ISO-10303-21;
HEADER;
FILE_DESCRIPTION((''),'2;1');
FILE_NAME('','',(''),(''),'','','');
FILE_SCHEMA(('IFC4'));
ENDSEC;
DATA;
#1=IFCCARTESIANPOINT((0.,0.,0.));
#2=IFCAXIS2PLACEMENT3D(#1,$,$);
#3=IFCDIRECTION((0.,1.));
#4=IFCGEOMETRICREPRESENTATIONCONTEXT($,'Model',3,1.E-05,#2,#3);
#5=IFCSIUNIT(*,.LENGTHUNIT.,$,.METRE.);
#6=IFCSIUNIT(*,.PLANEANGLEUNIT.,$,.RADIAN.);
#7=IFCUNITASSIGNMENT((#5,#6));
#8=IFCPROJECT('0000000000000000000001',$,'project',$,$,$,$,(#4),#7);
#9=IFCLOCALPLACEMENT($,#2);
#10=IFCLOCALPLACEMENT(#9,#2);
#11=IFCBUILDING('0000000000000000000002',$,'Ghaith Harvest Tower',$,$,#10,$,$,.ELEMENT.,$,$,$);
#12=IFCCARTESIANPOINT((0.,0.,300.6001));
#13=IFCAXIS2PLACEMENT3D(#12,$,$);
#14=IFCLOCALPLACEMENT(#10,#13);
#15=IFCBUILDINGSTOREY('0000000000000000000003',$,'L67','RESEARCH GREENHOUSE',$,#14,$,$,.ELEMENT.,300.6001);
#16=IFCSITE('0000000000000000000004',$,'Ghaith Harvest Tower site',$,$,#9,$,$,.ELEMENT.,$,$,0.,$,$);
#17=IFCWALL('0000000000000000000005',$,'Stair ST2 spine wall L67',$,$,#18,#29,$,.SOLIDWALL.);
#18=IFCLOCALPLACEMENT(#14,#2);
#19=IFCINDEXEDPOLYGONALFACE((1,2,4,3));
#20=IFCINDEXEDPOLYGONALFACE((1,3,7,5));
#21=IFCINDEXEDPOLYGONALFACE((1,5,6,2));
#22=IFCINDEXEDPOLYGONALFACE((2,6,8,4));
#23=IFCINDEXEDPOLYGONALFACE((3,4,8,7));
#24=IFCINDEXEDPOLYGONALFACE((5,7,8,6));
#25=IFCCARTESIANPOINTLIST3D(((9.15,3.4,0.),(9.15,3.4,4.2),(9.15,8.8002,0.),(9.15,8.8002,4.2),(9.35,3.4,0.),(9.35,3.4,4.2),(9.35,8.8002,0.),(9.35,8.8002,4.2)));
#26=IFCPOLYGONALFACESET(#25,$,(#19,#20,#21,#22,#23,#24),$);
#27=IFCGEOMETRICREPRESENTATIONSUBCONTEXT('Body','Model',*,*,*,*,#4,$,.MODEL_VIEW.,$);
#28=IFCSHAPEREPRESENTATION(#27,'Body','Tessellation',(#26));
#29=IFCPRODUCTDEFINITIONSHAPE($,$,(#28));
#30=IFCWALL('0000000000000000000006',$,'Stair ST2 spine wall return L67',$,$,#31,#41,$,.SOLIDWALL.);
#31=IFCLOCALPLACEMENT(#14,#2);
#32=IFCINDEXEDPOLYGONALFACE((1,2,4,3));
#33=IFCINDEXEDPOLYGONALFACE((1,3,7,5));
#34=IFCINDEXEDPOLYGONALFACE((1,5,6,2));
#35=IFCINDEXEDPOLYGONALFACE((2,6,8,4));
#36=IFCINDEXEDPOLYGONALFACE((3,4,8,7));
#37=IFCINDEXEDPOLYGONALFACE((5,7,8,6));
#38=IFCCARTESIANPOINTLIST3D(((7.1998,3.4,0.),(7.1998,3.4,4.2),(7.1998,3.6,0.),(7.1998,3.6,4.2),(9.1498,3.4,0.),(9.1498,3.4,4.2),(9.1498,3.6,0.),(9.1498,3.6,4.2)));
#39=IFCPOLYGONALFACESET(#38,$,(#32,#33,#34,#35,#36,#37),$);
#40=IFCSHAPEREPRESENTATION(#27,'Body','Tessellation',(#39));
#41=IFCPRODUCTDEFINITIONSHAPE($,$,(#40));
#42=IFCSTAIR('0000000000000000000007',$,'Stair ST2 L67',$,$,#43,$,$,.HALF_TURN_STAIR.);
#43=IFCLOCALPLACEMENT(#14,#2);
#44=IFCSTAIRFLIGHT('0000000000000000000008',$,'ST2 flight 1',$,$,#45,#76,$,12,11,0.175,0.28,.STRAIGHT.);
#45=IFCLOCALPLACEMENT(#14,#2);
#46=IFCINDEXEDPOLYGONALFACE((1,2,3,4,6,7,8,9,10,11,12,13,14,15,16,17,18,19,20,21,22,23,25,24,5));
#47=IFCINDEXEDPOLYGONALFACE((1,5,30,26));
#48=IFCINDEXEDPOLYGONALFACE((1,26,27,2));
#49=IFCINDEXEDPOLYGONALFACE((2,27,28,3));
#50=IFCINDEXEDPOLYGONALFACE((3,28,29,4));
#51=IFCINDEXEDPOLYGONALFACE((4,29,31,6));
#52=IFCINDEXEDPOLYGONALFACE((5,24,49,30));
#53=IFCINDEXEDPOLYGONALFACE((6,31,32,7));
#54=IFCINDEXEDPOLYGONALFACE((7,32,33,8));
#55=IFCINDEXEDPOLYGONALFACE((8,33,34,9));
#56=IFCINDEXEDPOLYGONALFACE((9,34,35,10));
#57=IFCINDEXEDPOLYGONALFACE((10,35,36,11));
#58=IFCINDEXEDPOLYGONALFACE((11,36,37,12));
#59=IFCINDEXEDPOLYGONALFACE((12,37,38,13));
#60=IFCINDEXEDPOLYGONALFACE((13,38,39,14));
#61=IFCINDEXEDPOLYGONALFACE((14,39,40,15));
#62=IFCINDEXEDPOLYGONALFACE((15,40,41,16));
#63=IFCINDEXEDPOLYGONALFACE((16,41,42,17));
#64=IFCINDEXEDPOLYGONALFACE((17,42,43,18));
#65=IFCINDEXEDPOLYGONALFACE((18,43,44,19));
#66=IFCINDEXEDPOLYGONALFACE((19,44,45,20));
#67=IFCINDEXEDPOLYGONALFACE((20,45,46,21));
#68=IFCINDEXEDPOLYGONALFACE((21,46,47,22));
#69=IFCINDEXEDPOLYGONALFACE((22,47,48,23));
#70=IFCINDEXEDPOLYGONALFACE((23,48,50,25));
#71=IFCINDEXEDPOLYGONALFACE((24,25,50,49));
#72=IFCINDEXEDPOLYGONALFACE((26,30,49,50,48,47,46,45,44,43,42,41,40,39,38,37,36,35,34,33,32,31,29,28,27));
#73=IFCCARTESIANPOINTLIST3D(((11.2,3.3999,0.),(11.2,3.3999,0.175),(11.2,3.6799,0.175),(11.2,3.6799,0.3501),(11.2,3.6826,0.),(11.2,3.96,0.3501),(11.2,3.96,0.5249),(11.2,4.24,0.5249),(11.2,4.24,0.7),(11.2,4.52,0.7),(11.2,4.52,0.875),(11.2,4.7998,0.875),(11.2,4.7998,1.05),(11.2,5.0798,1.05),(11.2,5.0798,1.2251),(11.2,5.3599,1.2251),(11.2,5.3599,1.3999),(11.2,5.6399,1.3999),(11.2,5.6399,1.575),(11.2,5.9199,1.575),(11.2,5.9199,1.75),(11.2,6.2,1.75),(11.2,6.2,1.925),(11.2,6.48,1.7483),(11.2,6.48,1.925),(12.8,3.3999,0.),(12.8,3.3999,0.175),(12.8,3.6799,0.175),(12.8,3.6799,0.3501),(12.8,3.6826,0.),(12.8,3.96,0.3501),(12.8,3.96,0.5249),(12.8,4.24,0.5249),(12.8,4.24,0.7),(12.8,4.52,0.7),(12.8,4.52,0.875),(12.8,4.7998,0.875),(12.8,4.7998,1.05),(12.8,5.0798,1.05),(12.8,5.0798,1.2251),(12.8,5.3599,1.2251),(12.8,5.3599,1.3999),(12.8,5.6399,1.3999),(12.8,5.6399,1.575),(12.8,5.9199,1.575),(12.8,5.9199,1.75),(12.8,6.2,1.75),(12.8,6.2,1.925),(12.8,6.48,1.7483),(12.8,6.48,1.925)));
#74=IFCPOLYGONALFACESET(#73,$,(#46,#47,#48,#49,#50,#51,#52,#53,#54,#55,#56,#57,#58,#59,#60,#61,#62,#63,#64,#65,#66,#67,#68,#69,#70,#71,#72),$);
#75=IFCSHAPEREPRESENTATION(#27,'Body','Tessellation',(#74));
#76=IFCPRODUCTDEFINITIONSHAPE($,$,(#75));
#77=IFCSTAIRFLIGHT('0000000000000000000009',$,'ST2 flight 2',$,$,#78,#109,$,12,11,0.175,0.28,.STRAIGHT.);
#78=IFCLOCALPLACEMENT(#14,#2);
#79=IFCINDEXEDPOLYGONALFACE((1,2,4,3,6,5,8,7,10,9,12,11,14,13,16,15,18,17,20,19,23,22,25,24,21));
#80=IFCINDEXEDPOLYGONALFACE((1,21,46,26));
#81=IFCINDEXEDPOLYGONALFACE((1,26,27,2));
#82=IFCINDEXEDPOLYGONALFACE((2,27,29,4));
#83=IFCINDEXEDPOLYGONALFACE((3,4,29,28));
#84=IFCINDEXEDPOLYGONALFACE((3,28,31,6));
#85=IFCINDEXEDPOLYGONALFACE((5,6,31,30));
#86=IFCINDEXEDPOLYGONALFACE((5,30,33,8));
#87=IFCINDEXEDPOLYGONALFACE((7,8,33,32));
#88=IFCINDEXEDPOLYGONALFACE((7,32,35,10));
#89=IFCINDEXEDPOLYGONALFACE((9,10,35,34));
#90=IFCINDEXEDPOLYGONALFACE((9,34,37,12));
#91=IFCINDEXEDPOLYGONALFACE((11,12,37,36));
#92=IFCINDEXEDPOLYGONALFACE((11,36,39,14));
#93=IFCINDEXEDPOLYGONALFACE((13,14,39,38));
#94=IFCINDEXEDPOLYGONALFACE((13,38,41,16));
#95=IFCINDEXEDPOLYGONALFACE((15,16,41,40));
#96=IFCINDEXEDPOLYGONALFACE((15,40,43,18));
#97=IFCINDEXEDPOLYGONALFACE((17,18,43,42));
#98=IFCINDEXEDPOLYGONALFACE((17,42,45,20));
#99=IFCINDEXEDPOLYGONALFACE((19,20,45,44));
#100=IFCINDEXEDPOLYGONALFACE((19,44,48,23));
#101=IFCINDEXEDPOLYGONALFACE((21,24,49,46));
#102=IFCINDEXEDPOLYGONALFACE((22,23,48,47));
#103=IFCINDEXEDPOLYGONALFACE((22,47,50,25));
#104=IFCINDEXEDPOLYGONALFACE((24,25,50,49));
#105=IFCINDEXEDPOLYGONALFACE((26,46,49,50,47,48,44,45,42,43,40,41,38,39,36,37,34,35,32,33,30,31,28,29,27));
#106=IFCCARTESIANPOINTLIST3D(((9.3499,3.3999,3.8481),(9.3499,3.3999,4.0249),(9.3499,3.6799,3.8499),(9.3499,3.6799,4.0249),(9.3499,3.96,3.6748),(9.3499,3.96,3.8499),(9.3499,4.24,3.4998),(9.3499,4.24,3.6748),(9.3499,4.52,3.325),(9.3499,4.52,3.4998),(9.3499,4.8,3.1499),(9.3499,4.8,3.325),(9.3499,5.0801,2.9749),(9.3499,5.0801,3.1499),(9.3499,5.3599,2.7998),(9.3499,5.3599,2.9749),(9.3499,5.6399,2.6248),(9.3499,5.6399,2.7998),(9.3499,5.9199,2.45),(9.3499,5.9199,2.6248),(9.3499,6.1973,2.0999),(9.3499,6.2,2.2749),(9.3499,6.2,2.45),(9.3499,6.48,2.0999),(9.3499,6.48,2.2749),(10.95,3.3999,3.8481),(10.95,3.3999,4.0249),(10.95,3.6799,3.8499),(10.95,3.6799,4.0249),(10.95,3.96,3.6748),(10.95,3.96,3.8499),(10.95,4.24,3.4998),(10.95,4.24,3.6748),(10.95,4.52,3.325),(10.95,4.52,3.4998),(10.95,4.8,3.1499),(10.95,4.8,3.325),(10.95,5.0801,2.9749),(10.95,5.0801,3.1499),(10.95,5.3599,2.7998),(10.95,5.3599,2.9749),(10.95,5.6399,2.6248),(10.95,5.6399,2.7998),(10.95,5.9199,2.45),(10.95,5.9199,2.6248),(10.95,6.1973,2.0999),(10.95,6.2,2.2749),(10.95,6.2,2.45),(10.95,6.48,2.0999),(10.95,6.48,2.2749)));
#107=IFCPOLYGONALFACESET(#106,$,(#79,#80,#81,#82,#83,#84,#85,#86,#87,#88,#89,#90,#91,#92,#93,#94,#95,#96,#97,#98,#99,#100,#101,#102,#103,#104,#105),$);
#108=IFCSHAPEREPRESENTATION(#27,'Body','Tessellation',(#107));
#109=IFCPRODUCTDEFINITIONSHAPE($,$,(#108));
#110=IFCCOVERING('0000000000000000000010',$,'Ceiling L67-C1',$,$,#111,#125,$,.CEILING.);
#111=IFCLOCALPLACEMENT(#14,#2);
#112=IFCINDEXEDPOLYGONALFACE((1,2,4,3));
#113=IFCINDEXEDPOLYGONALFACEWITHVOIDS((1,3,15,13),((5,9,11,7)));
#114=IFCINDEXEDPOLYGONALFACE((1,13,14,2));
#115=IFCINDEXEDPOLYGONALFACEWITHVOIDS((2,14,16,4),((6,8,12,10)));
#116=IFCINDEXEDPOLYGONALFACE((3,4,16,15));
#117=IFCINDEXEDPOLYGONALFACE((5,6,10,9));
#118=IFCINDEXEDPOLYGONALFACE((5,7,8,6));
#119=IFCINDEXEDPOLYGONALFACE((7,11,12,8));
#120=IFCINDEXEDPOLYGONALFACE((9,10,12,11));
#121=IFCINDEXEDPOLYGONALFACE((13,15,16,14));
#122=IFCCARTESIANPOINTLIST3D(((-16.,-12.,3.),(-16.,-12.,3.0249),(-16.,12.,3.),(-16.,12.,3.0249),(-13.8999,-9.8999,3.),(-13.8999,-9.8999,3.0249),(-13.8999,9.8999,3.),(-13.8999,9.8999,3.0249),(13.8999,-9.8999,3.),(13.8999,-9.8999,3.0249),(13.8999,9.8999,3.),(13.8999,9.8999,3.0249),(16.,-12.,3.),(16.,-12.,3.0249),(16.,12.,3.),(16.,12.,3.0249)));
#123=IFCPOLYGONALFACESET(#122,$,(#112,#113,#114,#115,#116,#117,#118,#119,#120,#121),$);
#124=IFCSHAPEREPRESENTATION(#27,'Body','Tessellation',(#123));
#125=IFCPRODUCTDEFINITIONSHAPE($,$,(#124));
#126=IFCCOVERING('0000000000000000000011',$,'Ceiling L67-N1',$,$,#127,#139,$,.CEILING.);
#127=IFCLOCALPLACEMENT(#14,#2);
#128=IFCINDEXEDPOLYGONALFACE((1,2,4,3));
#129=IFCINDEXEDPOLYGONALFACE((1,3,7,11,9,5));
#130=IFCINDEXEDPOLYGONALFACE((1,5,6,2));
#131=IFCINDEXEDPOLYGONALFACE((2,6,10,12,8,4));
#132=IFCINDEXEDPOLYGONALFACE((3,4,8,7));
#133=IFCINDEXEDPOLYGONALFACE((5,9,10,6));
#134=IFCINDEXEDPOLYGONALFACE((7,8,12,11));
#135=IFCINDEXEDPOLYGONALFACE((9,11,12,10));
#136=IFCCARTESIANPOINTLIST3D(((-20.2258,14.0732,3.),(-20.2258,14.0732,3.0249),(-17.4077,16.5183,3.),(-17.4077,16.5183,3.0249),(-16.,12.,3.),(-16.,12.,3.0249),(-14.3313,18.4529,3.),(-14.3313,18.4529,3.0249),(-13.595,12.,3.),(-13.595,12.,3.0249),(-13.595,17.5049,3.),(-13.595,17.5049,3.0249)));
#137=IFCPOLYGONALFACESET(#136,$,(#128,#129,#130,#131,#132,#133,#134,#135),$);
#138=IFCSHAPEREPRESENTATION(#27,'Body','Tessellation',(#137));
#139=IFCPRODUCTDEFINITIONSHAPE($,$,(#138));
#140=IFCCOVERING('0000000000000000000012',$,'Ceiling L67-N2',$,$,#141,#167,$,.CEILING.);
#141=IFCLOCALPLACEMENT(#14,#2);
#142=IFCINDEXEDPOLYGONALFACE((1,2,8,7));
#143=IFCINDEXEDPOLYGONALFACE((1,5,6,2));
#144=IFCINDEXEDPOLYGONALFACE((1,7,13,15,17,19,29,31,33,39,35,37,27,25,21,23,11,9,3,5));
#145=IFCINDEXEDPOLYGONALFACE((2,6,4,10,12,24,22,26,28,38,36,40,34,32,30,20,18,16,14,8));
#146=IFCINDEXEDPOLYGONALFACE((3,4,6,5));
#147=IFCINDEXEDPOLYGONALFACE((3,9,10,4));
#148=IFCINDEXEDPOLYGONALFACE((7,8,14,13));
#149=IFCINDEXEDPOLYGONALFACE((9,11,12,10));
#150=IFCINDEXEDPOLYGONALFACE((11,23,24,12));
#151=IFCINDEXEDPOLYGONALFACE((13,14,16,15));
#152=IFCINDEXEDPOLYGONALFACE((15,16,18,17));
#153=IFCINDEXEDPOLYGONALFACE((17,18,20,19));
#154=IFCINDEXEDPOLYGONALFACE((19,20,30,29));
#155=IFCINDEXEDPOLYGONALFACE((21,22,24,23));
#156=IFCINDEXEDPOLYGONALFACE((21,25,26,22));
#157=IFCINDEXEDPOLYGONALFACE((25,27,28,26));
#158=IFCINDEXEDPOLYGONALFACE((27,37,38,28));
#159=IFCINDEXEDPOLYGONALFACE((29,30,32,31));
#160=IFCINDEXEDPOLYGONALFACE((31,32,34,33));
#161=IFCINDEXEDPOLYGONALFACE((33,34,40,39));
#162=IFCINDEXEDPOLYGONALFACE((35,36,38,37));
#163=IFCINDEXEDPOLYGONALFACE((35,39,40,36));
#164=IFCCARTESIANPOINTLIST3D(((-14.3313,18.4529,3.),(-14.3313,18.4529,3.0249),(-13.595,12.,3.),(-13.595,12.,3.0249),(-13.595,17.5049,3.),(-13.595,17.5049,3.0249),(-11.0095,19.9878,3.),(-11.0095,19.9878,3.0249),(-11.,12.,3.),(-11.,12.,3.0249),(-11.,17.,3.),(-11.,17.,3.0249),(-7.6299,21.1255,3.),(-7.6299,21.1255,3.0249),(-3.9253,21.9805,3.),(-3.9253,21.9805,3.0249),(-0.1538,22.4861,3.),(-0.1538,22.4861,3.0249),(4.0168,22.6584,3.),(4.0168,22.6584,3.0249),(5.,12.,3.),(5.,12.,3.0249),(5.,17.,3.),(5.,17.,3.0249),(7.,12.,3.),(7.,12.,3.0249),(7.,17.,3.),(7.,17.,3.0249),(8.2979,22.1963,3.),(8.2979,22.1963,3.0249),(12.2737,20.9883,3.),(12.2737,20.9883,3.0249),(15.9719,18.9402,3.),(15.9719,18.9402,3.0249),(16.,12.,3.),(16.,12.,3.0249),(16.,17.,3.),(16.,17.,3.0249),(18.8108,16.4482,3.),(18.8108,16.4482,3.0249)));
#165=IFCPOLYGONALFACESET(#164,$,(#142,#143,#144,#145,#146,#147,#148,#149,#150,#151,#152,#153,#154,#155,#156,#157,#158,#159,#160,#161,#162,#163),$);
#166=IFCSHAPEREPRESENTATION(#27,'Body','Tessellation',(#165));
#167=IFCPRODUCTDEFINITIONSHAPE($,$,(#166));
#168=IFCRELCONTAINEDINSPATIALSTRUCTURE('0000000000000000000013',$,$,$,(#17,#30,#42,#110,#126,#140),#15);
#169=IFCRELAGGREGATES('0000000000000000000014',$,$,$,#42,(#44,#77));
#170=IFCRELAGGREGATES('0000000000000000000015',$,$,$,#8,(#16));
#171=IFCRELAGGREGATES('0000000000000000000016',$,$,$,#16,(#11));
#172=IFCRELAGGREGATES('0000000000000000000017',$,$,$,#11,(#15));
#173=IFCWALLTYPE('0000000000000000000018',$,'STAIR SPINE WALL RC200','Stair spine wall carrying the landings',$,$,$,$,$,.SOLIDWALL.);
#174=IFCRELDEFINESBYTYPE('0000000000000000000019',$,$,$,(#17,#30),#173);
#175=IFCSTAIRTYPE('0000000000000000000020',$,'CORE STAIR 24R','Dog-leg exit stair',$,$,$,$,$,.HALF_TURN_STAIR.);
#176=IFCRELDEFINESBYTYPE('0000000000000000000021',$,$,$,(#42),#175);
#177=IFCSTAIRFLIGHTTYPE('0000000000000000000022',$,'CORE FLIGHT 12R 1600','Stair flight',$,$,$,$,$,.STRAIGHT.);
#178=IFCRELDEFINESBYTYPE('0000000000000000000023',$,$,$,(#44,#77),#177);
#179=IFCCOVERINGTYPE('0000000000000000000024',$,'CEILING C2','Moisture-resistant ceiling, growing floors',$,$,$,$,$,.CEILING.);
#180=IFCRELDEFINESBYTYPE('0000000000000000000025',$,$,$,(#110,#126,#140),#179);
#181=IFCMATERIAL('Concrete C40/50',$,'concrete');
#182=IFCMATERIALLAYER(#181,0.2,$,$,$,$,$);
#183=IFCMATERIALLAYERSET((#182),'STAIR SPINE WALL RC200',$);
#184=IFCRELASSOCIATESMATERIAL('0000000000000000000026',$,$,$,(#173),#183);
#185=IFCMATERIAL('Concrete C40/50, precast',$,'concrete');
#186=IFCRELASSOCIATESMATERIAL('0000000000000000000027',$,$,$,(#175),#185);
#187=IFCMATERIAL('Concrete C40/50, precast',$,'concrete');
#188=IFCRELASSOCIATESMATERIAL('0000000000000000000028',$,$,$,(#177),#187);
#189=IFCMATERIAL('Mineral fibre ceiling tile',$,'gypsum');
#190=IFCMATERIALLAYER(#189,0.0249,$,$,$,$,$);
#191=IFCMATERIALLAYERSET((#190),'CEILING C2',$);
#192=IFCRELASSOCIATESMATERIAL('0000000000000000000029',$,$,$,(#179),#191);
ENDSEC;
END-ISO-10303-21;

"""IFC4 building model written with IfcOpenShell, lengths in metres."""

from ifc_helpers import new_model, si_unit, direction, frame, frame_2d, origin, place, context, subcontext, project, spatial, polyline, rectangle, outline, extrude, material, layer, layer_set, type_object, element, aggregate, save


model = new_model("IFC4")

# Units and contexts
model_context = context("Model", 3, precision=1e-05, world=origin(), true_north=direction((0.0, 1.0)))
body_context = subcontext(model_context, "Body", "Model", "MODEL_VIEW")
ifc_project = project(units=[si_unit("LENGTHUNIT", "METRE"), si_unit("PLANEANGLEUNIT", "RADIAN")], contexts=[model_context])

# Site, building, storey
site_placement = place(None, origin())
site = spatial("IfcSite", under=ifc_project, at=site_placement, Name="Ghaith Harvest Tower site", CompositionType="ELEMENT", RefElevation=0.0)
building_placement = place(site_placement, origin())
building = spatial("IfcBuilding", under=site, at=building_placement, Name="Ghaith Harvest Tower", CompositionType="ELEMENT")
storey_placement = place(building_placement, frame((0.0, 0.0, 300.6001)))
storey = spatial("IfcBuildingStorey", under=building, at=storey_placement, Name="L67", Description="RESEARCH GREENHOUSE", CompositionType="ELEMENT", Elevation=300.6001)

# Walls
ifc_material_1 = material(Name="Concrete C40/50", Category="concrete")
ifc_layer_1 = layer(ifc_material_1, 0.2)
ifc_layer_set_1 = layer_set([ifc_layer_1], Name="STAIR SPINE WALL RC200")
wall_type_1 = type_object("IfcWallType", Name="STAIR SPINE WALL RC200", Description="Stair spine wall carrying the landings", PredefinedType="SOLIDWALL", material=ifc_layer_set_1)
wall_1_placement = place(storey_placement, frame((9.25, 3.3999, 0.0), z_axis=(0.0, 0.0, 1.0), x_axis=(0.0, 1.0, 0.0)))
element("IfcWall", 1, at=wall_1_placement, inside=storey, type_object=wall_type_1, Name="Stair ST2 spine wall L67", PredefinedType="SOLIDWALL", context=body_context, shape_type="SweptSolid", body=[
    extrude(rectangle(XDim=5.4001, YDim=0.2, at=frame_2d((2.7002, 0.0))), origin(), (0.0, 0.0, 1.0), 4.2),
])
wall_2_placement = place(storey_placement, frame((9.1499, 3.5, 0.0), z_axis=(0.0, 0.0, 1.0), x_axis=(-1.0, 0.0, 0.0)))
element("IfcWall", 2, at=wall_2_placement, inside=storey, type_object=wall_type_1, Name="Stair ST2 spine wall return L67", PredefinedType="SOLIDWALL", context=body_context, shape_type="SweptSolid", body=[
    extrude(rectangle(XDim=1.95, YDim=0.2, at=frame_2d((0.9751, 0.0))), origin(), (0.0, 0.0, 1.0), 4.2),
])

# Stair, stair flights
ifc_material_2 = material(Name="Concrete C40/50, precast", Category="concrete")
stair_type = type_object("IfcStairType", Name="CORE STAIR 24R", Description="Dog-leg exit stair", PredefinedType="HALF_TURN_STAIR", material=ifc_material_2)
stair_placement = place(storey_placement, origin())
stair = element("IfcStair", 3, at=stair_placement, inside=storey, type_object=stair_type, Name="Stair ST2 L67", PredefinedType="HALF_TURN_STAIR")
ifc_material_3 = material(Name="Concrete C40/50, precast", Category="concrete")
stair_flight_type = type_object("IfcStairFlightType", Name="CORE FLIGHT 12R 1600", Description="Stair flight", PredefinedType="STRAIGHT", material=ifc_material_3)
stair_flight_1_placement = place(storey_placement, frame((12.0, 3.3999, 0.0), z_axis=(0.0, 0.0, 1.0), x_axis=(0.0, 1.0, 0.0)))
stair_flight_1 = element("IfcStairFlight", 4, at=stair_flight_1_placement, type_object=stair_flight_type, Name="ST2 flight 1", NumberOfRisers=12, NumberOfTreads=11, PredefinedType="STRAIGHT", RiserHeight=0.175, TreadLength=0.28, context=body_context, shape_type="SweptSolid", body=[
    extrude(outline(polyline([(0.0, 0.0), (0.0, 0.175), (0.28, 0.175), (0.28, 0.3501), (0.5601, 0.3501), (0.5601, 0.5249), (0.8401, 0.5249), (0.8401, 0.7), (1.1201, 0.7), (1.1201, 0.875), (1.3999, 0.875), (1.3999, 1.05), (1.6799, 1.05), (1.6799, 1.2251), (1.96, 1.2251), (1.96, 1.3999), (2.24, 1.3999), (2.24, 1.575), (2.52, 1.575), (2.52, 1.75), (2.8, 1.75), (2.8, 1.925), (3.0801, 1.925), (3.0801, 2.1001), (3.0801, 1.7483), (0.2827, 0.0), (0.0, 0.0)])), frame((0.0, 0.8, 0.0), z_axis=(0.0, -1.0, 0.0), x_axis=(1.0, 0.0, 0.0)), (0.0, 0.0, 1.0), 1.6001),
])
stair_flight_2_placement = place(storey_placement, frame((10.1499, 6.48, 2.0999), z_axis=(0.0, 0.0, 1.0), x_axis=(0.0, -1.0, 0.0)))
stair_flight_2 = element("IfcStairFlight", 5, at=stair_flight_2_placement, type_object=stair_flight_type, Name="ST2 flight 2", NumberOfRisers=12, NumberOfTreads=11, PredefinedType="STRAIGHT", RiserHeight=0.175, TreadLength=0.28, context=body_context, shape_type="SweptSolid", body=[
    extrude(outline(polyline([(0.0, 0.0), (0.0, 0.175), (0.28, 0.175), (0.28, 0.3501), (0.5601, 0.3501), (0.5601, 0.5249), (0.8401, 0.5249), (0.8401, 0.7), (1.1201, 0.7), (1.1201, 0.875), (1.3999, 0.875), (1.3999, 1.05), (1.6799, 1.05), (1.6799, 1.2251), (1.96, 1.2251), (1.96, 1.3999), (2.24, 1.3999), (2.24, 1.575), (2.52, 1.575), (2.52, 1.75), (2.8, 1.75), (2.8, 1.925), (3.0801, 1.925), (3.0801, 2.1001), (3.0801, 1.7483), (0.2827, 0.0), (0.0, 0.0)])), frame((0.0, 0.8, 0.0), z_axis=(0.0, -1.0, 0.0), x_axis=(1.0, 0.0, 0.0)), (0.0, 0.0, 1.0), 1.6001),
])
aggregate(stair, [stair_flight_1, stair_flight_2])

# Coverings
ifc_material_4 = material(Name="Mineral fibre ceiling tile", Category="gypsum")
ifc_layer_2 = layer(ifc_material_4, 0.0249)
ifc_layer_set_2 = layer_set([ifc_layer_2], Name="CEILING C2")
covering_type = type_object("IfcCoveringType", Name="CEILING C2", Description="Moisture-resistant ceiling, growing floors", PredefinedType="CEILING", material=ifc_layer_set_2)
covering_1_placement = place(storey_placement, frame((0.0, 0.0, 3.0)))
element("IfcCovering", 6, at=covering_1_placement, inside=storey, type_object=covering_type, Name="Ceiling L67-C1", PredefinedType="CEILING", context=body_context, shape_type="SweptSolid", body=[
    extrude(outline(polyline([(-16.0, 12.0), (16.0, 12.0), (16.0, -12.0), (-16.0, -12.0), (-16.0, 12.0)]), holes=[polyline([(-13.8999, 9.8999), (-13.8999, -9.8999), (13.8999, -9.8999), (13.8999, 9.8999), (-13.8999, 9.8999)])]), origin(), (0.0, 0.0, 1.0), 0.0249),
])
covering_2_placement = place(storey_placement, frame((0.0, 0.0, 3.0)))
element("IfcCovering", 7, at=covering_2_placement, inside=storey, type_object=covering_type, Name="Ceiling L67-N1", PredefinedType="CEILING", context=body_context, shape_type="SweptSolid", body=[
    extrude(outline(polyline([(-17.4077, 16.5183), (-14.3313, 18.4529), (-13.595, 17.5049), (-13.595, 12.0), (-16.0, 12.0), (-20.2258, 14.0732), (-17.4077, 16.5183)])), origin(), (0.0, 0.0, 1.0), 0.0249),
])
covering_3_placement = place(storey_placement, frame((0.0, 0.0, 3.0)))
element("IfcCovering", 8, at=covering_3_placement, inside=storey, type_object=covering_type, Name="Ceiling L67-N2", PredefinedType="CEILING", context=body_context, shape_type="SweptSolid", body=[
    extrude(outline(polyline([(-14.3313, 18.4529), (-14.3313, 18.4529), (-11.0095, 19.9878), (-7.6299, 21.1255), (-3.9253, 21.9805), (-0.1538, 22.4861), (4.0168, 22.6584), (8.2979, 22.1963), (12.2737, 20.9883), (15.9719, 18.9402), (18.8108, 16.4482), (16.0, 12.0), (16.0, 17.0), (7.0, 17.0), (7.0, 12.0), (5.0, 12.0), (5.0, 17.0), (-11.0, 17.0), (-11.0, 12.0), (-13.595, 12.0), (-13.595, 17.5049), (-14.3313, 18.4529)])), origin(), (0.0, 0.0, 1.0), 0.0249),
])

save(model, "model.ifc")
